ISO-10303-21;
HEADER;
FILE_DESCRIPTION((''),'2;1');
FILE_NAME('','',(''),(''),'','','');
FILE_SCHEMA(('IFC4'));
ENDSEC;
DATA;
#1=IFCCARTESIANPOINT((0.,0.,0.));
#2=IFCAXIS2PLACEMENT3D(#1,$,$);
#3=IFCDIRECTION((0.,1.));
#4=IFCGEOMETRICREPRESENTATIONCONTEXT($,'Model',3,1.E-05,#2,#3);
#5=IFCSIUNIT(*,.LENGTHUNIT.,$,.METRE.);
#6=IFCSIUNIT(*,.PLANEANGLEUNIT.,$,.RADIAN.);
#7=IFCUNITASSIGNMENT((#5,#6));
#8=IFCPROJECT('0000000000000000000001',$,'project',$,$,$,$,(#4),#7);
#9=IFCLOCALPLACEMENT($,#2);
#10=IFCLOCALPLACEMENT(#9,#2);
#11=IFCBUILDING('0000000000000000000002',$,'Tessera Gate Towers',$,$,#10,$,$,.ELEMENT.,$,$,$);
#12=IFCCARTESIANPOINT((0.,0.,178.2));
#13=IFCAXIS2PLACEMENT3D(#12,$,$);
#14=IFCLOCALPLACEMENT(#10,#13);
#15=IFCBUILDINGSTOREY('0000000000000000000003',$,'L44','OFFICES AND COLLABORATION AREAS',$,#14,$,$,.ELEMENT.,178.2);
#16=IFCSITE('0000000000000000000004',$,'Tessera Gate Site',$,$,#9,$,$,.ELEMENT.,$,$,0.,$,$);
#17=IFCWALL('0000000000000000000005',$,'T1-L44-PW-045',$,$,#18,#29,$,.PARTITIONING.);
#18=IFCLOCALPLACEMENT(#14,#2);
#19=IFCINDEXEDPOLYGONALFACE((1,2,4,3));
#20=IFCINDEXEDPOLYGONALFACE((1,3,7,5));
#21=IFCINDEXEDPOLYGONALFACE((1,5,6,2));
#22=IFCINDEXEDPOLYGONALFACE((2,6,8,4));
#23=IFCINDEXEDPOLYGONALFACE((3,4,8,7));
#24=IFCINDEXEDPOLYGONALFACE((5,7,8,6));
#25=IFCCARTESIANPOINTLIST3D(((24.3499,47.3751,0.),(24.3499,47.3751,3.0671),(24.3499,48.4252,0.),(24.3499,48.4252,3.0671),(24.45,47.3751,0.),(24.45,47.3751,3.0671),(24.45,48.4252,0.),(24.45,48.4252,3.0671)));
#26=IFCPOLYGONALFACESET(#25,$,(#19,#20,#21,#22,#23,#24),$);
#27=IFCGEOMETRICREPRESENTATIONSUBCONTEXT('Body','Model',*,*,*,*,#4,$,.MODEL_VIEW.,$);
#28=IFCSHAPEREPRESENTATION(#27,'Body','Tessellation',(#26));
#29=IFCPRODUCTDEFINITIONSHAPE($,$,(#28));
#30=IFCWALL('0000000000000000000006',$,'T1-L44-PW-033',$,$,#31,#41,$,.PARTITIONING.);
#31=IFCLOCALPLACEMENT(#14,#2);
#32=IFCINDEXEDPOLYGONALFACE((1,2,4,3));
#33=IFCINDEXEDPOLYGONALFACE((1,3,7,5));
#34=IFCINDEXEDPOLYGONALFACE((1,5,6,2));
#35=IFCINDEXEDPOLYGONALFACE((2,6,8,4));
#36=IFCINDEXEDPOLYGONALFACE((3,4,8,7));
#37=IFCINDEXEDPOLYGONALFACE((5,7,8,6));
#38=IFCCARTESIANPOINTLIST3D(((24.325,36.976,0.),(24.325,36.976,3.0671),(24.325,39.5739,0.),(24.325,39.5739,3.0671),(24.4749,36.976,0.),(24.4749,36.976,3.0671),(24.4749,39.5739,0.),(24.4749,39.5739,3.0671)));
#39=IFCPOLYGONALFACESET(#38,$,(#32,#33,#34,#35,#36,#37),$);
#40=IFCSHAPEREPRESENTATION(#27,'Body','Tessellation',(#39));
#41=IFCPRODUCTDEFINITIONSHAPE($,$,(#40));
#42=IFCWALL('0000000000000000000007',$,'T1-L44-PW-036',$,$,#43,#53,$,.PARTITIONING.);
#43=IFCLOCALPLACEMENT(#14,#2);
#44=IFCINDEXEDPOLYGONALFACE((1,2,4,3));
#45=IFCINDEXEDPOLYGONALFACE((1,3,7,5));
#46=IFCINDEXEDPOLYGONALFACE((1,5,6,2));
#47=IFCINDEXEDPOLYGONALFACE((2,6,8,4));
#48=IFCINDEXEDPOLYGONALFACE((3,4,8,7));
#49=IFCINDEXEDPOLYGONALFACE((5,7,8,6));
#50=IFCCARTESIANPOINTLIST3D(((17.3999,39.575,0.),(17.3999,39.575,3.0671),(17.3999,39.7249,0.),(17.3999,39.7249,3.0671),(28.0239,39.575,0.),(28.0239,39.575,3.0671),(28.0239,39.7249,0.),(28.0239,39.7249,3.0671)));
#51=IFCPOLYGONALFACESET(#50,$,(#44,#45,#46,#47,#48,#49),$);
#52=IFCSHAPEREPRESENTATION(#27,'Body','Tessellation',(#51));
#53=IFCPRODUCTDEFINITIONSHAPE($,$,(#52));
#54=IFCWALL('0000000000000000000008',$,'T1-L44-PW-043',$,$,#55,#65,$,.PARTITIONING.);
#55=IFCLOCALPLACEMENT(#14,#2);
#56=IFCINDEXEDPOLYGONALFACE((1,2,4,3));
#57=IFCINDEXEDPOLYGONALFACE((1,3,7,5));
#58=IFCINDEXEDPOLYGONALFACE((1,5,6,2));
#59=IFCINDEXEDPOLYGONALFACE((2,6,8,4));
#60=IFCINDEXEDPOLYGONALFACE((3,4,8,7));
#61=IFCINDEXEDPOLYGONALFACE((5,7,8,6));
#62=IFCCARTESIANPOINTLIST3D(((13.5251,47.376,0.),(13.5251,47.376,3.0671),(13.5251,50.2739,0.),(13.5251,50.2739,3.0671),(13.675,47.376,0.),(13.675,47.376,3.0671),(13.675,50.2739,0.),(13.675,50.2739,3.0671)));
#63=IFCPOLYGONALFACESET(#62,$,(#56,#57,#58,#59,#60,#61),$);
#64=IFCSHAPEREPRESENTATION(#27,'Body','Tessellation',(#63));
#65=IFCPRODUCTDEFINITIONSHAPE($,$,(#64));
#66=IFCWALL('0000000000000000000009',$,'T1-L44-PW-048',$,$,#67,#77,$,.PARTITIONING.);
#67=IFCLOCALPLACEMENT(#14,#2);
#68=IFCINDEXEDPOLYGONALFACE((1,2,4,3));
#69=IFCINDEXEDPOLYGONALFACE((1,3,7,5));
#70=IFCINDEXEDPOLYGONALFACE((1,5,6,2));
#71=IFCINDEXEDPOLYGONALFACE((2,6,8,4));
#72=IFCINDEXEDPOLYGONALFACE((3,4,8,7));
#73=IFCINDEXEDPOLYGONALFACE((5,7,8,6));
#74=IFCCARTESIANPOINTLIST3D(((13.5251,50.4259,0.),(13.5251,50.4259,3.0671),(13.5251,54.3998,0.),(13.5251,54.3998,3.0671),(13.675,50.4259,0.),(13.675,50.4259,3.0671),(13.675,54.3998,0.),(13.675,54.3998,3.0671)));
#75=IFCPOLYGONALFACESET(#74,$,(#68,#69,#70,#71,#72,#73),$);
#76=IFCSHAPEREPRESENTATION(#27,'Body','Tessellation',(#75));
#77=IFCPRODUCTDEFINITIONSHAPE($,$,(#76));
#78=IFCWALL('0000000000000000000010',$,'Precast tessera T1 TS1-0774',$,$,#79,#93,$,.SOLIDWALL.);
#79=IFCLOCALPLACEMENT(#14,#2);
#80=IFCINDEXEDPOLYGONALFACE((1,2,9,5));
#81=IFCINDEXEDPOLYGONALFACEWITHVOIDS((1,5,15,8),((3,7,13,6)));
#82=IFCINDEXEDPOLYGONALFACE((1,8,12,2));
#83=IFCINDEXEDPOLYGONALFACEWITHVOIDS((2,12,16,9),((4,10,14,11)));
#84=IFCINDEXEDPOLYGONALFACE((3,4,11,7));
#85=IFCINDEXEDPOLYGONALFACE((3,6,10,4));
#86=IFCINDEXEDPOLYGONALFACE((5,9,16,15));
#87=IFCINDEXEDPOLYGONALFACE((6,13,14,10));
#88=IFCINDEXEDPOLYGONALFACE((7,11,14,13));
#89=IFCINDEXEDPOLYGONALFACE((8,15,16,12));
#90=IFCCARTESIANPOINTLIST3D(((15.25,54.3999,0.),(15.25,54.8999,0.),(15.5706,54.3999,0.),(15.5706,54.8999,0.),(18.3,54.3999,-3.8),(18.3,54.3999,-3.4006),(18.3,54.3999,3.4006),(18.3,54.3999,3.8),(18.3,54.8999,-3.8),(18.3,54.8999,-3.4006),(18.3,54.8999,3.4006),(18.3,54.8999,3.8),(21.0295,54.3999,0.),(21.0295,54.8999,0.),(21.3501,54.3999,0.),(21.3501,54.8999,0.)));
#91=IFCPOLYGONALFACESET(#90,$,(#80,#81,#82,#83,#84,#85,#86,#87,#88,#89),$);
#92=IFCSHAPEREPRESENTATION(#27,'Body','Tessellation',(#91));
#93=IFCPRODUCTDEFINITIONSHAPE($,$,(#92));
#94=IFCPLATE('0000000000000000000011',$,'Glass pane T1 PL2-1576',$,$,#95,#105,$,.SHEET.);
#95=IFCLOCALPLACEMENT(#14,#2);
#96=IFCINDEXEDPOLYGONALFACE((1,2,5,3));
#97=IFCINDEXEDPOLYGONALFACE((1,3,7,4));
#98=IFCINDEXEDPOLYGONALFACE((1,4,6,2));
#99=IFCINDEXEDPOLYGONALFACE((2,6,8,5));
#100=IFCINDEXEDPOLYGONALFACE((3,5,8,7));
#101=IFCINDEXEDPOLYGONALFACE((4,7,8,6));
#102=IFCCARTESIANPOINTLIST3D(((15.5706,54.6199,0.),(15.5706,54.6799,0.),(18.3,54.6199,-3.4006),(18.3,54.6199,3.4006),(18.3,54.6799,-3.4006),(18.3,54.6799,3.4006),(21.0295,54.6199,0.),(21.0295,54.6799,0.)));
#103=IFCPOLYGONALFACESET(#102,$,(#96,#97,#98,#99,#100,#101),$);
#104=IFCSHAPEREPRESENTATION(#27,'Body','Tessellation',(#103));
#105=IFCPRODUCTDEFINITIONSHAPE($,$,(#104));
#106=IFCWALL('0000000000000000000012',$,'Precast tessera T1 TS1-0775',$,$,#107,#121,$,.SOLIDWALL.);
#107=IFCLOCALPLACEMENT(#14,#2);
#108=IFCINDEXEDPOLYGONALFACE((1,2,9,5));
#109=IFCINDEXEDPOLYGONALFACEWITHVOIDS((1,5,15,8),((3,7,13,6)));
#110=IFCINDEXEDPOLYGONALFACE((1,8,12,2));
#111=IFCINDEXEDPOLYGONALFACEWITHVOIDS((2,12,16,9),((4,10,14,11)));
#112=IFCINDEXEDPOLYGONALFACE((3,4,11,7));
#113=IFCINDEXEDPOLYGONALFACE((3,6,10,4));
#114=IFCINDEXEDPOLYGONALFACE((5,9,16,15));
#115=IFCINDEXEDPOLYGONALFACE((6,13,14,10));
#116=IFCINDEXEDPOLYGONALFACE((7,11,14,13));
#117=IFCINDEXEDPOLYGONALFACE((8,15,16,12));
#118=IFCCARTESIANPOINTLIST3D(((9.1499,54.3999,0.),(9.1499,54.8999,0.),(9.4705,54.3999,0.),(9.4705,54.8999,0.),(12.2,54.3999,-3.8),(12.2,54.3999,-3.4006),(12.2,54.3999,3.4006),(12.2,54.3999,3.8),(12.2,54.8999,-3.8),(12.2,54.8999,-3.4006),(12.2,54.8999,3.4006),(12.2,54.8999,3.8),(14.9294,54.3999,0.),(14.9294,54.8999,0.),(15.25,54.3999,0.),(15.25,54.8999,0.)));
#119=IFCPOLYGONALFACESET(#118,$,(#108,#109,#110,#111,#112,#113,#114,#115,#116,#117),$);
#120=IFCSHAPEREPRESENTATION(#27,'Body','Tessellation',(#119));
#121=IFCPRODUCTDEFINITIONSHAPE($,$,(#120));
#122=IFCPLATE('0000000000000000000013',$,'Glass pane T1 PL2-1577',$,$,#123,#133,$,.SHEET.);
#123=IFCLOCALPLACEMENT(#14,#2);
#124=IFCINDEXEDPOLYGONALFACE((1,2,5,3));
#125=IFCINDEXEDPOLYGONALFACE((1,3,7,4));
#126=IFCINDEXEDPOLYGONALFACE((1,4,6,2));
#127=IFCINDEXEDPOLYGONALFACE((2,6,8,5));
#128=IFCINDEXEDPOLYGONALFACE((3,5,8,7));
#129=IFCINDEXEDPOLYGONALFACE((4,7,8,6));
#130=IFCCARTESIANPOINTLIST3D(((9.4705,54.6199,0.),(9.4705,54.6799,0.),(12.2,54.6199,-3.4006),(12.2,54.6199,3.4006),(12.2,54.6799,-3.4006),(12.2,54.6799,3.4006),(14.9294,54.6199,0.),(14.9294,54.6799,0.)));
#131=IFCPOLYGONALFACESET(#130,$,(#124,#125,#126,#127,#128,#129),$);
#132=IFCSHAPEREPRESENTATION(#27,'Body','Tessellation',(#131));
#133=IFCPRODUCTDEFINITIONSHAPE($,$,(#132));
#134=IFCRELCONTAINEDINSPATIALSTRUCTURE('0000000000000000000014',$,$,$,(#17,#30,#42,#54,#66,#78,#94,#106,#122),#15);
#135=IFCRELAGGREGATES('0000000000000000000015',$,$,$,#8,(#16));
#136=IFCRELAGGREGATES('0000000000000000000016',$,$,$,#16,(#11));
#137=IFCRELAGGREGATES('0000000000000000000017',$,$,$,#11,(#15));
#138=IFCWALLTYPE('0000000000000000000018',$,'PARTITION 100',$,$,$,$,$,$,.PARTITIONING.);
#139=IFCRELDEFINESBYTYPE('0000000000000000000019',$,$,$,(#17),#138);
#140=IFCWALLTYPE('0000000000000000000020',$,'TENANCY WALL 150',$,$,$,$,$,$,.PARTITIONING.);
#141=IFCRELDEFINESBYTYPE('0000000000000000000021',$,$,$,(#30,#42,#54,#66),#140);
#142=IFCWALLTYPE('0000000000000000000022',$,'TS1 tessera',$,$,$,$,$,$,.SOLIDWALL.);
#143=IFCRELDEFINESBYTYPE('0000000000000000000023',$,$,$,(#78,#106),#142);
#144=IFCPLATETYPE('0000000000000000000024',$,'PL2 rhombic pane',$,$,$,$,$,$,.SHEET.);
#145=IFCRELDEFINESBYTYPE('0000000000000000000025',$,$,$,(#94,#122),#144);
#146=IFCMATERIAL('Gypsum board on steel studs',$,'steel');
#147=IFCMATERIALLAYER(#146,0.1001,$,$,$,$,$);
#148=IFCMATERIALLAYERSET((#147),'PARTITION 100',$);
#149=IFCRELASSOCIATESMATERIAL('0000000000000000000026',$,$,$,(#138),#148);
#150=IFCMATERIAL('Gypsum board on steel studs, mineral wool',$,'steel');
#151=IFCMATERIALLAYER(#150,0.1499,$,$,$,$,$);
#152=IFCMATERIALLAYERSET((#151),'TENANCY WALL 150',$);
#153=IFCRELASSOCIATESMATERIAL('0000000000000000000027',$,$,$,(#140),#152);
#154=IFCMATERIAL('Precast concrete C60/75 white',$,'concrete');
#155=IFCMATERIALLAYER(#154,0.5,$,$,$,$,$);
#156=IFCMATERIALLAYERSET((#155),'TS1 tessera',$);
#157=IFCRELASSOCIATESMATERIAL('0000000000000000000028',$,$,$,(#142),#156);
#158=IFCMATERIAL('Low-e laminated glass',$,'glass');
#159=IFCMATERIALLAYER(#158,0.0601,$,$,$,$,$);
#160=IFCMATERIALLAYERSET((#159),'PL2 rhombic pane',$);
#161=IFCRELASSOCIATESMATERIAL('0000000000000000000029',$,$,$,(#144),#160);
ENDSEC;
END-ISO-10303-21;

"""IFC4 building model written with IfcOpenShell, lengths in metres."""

from ifc_helpers import new_model, si_unit, direction, frame, frame_2d, origin, place, context, subcontext, project, spatial, polyline, rectangle, outline, extrude, source, transform, mapped, material, layer, layer_set, type_object, element, fill, save


model = new_model("IFC4")

# Units and contexts
model_context = context("Model", 3, precision=1e-05, world=origin(), true_north=direction((0.0, 1.0)))
body_context = subcontext(model_context, "Body", "Model", "MODEL_VIEW")
ifc_project = project(units=[si_unit("LENGTHUNIT", "METRE"), si_unit("PLANEANGLEUNIT", "RADIAN")], contexts=[model_context])

# Site, building, storey
site_placement = place(None, origin())
site = spatial("IfcSite", under=ifc_project, at=site_placement, Name="Tessera Gate Site", CompositionType="ELEMENT", RefElevation=0.0)
building_placement = place(site_placement, origin())
building = spatial("IfcBuilding", under=site, at=building_placement, Name="Tessera Gate Towers", CompositionType="ELEMENT")
storey_placement = place(building_placement, frame((0.0, 0.0, 178.2)))
storey = spatial("IfcBuildingStorey", under=building, at=storey_placement, Name="L44", Description="OFFICES AND COLLABORATION AREAS", CompositionType="ELEMENT", Elevation=178.2)

# Walls
ifc_material_1 = material(Name="Gypsum board on steel studs", Category="steel")
ifc_layer_1 = layer(ifc_material_1, 0.1001)
ifc_layer_set_1 = layer_set([ifc_layer_1], Name="PARTITION 100")
wall_type_1 = type_object("IfcWallType", Name="PARTITION 100", PredefinedType="PARTITIONING", material=ifc_layer_set_1)
wall_1_placement = place(storey_placement, frame((24.3999, 48.425, 0.0), z_axis=(0.0, 0.0, 1.0), x_axis=(0.0, -1.0, 0.0)))
element("IfcWall", 1, at=wall_1_placement, inside=storey, type_object=wall_type_1, Name="T1-L44-PW-045", PredefinedType="PARTITIONING", context=body_context, shape_type="SweptSolid", body=[
    extrude(rectangle(XDim=1.05, YDim=0.1001, at=frame_2d((0.5249, 0.0))), origin(), (0.0, 0.0, 1.0), 3.0671),
])
ifc_material_2 = material(Name="Gypsum board on steel studs, mineral wool", Category="steel")
ifc_layer_2 = layer(ifc_material_2, 0.1499)
ifc_layer_set_2 = layer_set([ifc_layer_2], Name="TENANCY WALL 150")
wall_type_2 = type_object("IfcWallType", Name="TENANCY WALL 150", PredefinedType="PARTITIONING", material=ifc_layer_set_2)
wall_2_placement = place(storey_placement, frame((24.3999, 36.9761, 0.0), z_axis=(0.0, 0.0, 1.0), x_axis=(0.0, 1.0, 0.0)))
element("IfcWall", 2, at=wall_2_placement, inside=storey, type_object=wall_type_2, Name="T1-L44-PW-033", PredefinedType="PARTITIONING", context=body_context, shape_type="SweptSolid", body=[
    extrude(rectangle(XDim=2.5979, YDim=0.1499, at=frame_2d((1.2988, 0.0))), origin(), (0.0, 0.0, 1.0), 3.0671),
])
wall_3_placement = place(storey_placement, frame((17.3999, 39.6499, 0.0), z_axis=(0.0, 0.0, 1.0), x_axis=(1.0, 0.0, 0.0)))
element("IfcWall", 3, at=wall_3_placement, inside=storey, type_object=wall_type_2, Name="T1-L44-PW-036", PredefinedType="PARTITIONING", context=body_context, shape_type="SweptSolid", body=[
    extrude(rectangle(XDim=10.624, YDim=0.1499, at=frame_2d((5.312, 0.0))), origin(), (0.0, 0.0, 1.0), 3.0671),
])
wall_4_placement = place(storey_placement, frame((13.6001, 47.376, 0.0), z_axis=(0.0, 0.0, 1.0), x_axis=(0.0, 1.0, 0.0)))
element("IfcWall", 4, at=wall_4_placement, inside=storey, type_object=wall_type_2, Name="T1-L44-PW-043", PredefinedType="PARTITIONING", context=body_context, shape_type="SweptSolid", body=[
    extrude(rectangle(XDim=2.8979, YDim=0.1499, at=frame_2d((1.449, 0.0))), origin(), (0.0, 0.0, 1.0), 3.0671),
])
wall_5_placement = place(storey_placement, frame((13.6001, 50.426, 0.0), z_axis=(0.0, 0.0, 1.0), x_axis=(0.0, 1.0, 0.0)))
element("IfcWall", 5, at=wall_5_placement, inside=storey, type_object=wall_type_2, Name="T1-L44-PW-048", PredefinedType="PARTITIONING", context=body_context, shape_type="SweptSolid", body=[
    extrude(rectangle(XDim=3.9739, YDim=0.1499, at=frame_2d((1.9868, 0.0))), origin(), (0.0, 0.0, 1.0), 3.0671),
])

# Walls, openings, plates
ifc_material_3 = material(Name="Precast concrete C60/75 white", Category="concrete")
ifc_layer_3 = layer(ifc_material_3, 0.5)
ifc_layer_set_3 = layer_set([ifc_layer_3], Name="TS1 tessera")
wall_type_3 = type_object("IfcWallType", Name="TS1 tessera", PredefinedType="SOLIDWALL", material=ifc_layer_set_3)
shared_shape_1 = source(origin(), body_context, "Body", "SweptSolid", [
    extrude(outline(polyline([(3.05, 0.0), (6.1001, 3.8), (3.05, 7.6001), (0.0, 3.8), (3.05, 0.0)])), frame((0.0, 0.25, 0.0), z_axis=(0.0, -1.0, 0.0), x_axis=(1.0, 0.0, 0.0)), (0.0, 0.0, 1.0), 0.5),
])
wall_6_placement = place(storey_placement, frame((21.3501, 54.6499, -3.8), z_axis=(0.0, 0.0, 1.0), x_axis=(-1.0, 0.0, 0.0)))
wall_6 = element("IfcWall", 6, at=wall_6_placement, inside=storey, type_object=wall_type_3, Name="Precast tessera T1 TS1-0774", PredefinedType="SOLIDWALL", context=body_context, shape_type="MappedRepresentation", body=[
    mapped(shared_shape_1, transform((0.0, 0.0, 0.0), scale=1.0)),
])
shared_shape_2 = source(origin(), body_context, "Body", "SweptSolid", [
    extrude(outline(polyline([(3.05, 0.3994), (5.7795, 3.8), (3.05, 7.2007), (0.3206, 3.8), (3.05, 0.3994)])), frame((0.0, 0.26, 0.0), z_axis=(0.0, -1.0, 0.0), x_axis=(1.0, 0.0, 0.0)), (0.0, 0.0, 1.0), 0.52),
])
opening_1_placement = place(wall_6_placement, origin())
opening_1 = element("IfcOpeningElement", 7, at=opening_1_placement, cuts=wall_6, PredefinedType="OPENING", context=body_context, shape_type="MappedRepresentation", body=[
    mapped(shared_shape_2, transform((0.0, 0.0, 0.0), scale=1.0)),
])
ifc_material_4 = material(Name="Low-e laminated glass", Category="glass")
ifc_layer_4 = layer(ifc_material_4, 0.0601)
ifc_layer_set_4 = layer_set([ifc_layer_4], Name="PL2 rhombic pane")
plate_type = type_object("IfcPlateType", Name="PL2 rhombic pane", PredefinedType="SHEET", material=ifc_layer_set_4)
shared_shape_3 = source(origin(), body_context, "Body", "SweptSolid", [
    extrude(outline(polyline([(3.05, 0.3994), (5.7795, 3.8), (3.05, 7.2007), (0.3206, 3.8), (3.05, 0.3994)])), frame((0.0, 0.03, 0.0), z_axis=(0.0, -1.0, 0.0), x_axis=(1.0, 0.0, 0.0)), (0.0, 0.0, 1.0), 0.0601),
])
plate_1_placement = place(opening_1_placement, origin())
plate_1 = element("IfcPlate", 8, at=plate_1_placement, inside=storey, type_object=plate_type, Name="Glass pane T1 PL2-1576", PredefinedType="SHEET", context=body_context, shape_type="MappedRepresentation", body=[
    mapped(shared_shape_3, transform((0.0, 0.0, 0.0), scale=1.0)),
])
fill(opening_1, plate_1)
wall_7_placement = place(storey_placement, frame((15.25, 54.6499, -3.8), z_axis=(0.0, 0.0, 1.0), x_axis=(-1.0, 0.0, 0.0)))
wall_7 = element("IfcWall", 9, at=wall_7_placement, inside=storey, type_object=wall_type_3, Name="Precast tessera T1 TS1-0775", PredefinedType="SOLIDWALL", context=body_context, shape_type="MappedRepresentation", body=[
    mapped(shared_shape_1, transform((0.0, 0.0, 0.0), scale=1.0)),
])
opening_2_placement = place(wall_7_placement, origin())
opening_2 = element("IfcOpeningElement", 10, at=opening_2_placement, cuts=wall_7, PredefinedType="OPENING", context=body_context, shape_type="MappedRepresentation", body=[
    mapped(shared_shape_2, transform((0.0, 0.0, 0.0), scale=1.0)),
])
plate_2_placement = place(opening_2_placement, origin())
plate_2 = element("IfcPlate", 11, at=plate_2_placement, inside=storey, type_object=plate_type, Name="Glass pane T1 PL2-1577", PredefinedType="SHEET", context=body_context, shape_type="MappedRepresentation", body=[
    mapped(shared_shape_3, transform((0.0, 0.0, 0.0), scale=1.0)),
])
fill(opening_2, plate_2)

save(model, "model.ifc")
